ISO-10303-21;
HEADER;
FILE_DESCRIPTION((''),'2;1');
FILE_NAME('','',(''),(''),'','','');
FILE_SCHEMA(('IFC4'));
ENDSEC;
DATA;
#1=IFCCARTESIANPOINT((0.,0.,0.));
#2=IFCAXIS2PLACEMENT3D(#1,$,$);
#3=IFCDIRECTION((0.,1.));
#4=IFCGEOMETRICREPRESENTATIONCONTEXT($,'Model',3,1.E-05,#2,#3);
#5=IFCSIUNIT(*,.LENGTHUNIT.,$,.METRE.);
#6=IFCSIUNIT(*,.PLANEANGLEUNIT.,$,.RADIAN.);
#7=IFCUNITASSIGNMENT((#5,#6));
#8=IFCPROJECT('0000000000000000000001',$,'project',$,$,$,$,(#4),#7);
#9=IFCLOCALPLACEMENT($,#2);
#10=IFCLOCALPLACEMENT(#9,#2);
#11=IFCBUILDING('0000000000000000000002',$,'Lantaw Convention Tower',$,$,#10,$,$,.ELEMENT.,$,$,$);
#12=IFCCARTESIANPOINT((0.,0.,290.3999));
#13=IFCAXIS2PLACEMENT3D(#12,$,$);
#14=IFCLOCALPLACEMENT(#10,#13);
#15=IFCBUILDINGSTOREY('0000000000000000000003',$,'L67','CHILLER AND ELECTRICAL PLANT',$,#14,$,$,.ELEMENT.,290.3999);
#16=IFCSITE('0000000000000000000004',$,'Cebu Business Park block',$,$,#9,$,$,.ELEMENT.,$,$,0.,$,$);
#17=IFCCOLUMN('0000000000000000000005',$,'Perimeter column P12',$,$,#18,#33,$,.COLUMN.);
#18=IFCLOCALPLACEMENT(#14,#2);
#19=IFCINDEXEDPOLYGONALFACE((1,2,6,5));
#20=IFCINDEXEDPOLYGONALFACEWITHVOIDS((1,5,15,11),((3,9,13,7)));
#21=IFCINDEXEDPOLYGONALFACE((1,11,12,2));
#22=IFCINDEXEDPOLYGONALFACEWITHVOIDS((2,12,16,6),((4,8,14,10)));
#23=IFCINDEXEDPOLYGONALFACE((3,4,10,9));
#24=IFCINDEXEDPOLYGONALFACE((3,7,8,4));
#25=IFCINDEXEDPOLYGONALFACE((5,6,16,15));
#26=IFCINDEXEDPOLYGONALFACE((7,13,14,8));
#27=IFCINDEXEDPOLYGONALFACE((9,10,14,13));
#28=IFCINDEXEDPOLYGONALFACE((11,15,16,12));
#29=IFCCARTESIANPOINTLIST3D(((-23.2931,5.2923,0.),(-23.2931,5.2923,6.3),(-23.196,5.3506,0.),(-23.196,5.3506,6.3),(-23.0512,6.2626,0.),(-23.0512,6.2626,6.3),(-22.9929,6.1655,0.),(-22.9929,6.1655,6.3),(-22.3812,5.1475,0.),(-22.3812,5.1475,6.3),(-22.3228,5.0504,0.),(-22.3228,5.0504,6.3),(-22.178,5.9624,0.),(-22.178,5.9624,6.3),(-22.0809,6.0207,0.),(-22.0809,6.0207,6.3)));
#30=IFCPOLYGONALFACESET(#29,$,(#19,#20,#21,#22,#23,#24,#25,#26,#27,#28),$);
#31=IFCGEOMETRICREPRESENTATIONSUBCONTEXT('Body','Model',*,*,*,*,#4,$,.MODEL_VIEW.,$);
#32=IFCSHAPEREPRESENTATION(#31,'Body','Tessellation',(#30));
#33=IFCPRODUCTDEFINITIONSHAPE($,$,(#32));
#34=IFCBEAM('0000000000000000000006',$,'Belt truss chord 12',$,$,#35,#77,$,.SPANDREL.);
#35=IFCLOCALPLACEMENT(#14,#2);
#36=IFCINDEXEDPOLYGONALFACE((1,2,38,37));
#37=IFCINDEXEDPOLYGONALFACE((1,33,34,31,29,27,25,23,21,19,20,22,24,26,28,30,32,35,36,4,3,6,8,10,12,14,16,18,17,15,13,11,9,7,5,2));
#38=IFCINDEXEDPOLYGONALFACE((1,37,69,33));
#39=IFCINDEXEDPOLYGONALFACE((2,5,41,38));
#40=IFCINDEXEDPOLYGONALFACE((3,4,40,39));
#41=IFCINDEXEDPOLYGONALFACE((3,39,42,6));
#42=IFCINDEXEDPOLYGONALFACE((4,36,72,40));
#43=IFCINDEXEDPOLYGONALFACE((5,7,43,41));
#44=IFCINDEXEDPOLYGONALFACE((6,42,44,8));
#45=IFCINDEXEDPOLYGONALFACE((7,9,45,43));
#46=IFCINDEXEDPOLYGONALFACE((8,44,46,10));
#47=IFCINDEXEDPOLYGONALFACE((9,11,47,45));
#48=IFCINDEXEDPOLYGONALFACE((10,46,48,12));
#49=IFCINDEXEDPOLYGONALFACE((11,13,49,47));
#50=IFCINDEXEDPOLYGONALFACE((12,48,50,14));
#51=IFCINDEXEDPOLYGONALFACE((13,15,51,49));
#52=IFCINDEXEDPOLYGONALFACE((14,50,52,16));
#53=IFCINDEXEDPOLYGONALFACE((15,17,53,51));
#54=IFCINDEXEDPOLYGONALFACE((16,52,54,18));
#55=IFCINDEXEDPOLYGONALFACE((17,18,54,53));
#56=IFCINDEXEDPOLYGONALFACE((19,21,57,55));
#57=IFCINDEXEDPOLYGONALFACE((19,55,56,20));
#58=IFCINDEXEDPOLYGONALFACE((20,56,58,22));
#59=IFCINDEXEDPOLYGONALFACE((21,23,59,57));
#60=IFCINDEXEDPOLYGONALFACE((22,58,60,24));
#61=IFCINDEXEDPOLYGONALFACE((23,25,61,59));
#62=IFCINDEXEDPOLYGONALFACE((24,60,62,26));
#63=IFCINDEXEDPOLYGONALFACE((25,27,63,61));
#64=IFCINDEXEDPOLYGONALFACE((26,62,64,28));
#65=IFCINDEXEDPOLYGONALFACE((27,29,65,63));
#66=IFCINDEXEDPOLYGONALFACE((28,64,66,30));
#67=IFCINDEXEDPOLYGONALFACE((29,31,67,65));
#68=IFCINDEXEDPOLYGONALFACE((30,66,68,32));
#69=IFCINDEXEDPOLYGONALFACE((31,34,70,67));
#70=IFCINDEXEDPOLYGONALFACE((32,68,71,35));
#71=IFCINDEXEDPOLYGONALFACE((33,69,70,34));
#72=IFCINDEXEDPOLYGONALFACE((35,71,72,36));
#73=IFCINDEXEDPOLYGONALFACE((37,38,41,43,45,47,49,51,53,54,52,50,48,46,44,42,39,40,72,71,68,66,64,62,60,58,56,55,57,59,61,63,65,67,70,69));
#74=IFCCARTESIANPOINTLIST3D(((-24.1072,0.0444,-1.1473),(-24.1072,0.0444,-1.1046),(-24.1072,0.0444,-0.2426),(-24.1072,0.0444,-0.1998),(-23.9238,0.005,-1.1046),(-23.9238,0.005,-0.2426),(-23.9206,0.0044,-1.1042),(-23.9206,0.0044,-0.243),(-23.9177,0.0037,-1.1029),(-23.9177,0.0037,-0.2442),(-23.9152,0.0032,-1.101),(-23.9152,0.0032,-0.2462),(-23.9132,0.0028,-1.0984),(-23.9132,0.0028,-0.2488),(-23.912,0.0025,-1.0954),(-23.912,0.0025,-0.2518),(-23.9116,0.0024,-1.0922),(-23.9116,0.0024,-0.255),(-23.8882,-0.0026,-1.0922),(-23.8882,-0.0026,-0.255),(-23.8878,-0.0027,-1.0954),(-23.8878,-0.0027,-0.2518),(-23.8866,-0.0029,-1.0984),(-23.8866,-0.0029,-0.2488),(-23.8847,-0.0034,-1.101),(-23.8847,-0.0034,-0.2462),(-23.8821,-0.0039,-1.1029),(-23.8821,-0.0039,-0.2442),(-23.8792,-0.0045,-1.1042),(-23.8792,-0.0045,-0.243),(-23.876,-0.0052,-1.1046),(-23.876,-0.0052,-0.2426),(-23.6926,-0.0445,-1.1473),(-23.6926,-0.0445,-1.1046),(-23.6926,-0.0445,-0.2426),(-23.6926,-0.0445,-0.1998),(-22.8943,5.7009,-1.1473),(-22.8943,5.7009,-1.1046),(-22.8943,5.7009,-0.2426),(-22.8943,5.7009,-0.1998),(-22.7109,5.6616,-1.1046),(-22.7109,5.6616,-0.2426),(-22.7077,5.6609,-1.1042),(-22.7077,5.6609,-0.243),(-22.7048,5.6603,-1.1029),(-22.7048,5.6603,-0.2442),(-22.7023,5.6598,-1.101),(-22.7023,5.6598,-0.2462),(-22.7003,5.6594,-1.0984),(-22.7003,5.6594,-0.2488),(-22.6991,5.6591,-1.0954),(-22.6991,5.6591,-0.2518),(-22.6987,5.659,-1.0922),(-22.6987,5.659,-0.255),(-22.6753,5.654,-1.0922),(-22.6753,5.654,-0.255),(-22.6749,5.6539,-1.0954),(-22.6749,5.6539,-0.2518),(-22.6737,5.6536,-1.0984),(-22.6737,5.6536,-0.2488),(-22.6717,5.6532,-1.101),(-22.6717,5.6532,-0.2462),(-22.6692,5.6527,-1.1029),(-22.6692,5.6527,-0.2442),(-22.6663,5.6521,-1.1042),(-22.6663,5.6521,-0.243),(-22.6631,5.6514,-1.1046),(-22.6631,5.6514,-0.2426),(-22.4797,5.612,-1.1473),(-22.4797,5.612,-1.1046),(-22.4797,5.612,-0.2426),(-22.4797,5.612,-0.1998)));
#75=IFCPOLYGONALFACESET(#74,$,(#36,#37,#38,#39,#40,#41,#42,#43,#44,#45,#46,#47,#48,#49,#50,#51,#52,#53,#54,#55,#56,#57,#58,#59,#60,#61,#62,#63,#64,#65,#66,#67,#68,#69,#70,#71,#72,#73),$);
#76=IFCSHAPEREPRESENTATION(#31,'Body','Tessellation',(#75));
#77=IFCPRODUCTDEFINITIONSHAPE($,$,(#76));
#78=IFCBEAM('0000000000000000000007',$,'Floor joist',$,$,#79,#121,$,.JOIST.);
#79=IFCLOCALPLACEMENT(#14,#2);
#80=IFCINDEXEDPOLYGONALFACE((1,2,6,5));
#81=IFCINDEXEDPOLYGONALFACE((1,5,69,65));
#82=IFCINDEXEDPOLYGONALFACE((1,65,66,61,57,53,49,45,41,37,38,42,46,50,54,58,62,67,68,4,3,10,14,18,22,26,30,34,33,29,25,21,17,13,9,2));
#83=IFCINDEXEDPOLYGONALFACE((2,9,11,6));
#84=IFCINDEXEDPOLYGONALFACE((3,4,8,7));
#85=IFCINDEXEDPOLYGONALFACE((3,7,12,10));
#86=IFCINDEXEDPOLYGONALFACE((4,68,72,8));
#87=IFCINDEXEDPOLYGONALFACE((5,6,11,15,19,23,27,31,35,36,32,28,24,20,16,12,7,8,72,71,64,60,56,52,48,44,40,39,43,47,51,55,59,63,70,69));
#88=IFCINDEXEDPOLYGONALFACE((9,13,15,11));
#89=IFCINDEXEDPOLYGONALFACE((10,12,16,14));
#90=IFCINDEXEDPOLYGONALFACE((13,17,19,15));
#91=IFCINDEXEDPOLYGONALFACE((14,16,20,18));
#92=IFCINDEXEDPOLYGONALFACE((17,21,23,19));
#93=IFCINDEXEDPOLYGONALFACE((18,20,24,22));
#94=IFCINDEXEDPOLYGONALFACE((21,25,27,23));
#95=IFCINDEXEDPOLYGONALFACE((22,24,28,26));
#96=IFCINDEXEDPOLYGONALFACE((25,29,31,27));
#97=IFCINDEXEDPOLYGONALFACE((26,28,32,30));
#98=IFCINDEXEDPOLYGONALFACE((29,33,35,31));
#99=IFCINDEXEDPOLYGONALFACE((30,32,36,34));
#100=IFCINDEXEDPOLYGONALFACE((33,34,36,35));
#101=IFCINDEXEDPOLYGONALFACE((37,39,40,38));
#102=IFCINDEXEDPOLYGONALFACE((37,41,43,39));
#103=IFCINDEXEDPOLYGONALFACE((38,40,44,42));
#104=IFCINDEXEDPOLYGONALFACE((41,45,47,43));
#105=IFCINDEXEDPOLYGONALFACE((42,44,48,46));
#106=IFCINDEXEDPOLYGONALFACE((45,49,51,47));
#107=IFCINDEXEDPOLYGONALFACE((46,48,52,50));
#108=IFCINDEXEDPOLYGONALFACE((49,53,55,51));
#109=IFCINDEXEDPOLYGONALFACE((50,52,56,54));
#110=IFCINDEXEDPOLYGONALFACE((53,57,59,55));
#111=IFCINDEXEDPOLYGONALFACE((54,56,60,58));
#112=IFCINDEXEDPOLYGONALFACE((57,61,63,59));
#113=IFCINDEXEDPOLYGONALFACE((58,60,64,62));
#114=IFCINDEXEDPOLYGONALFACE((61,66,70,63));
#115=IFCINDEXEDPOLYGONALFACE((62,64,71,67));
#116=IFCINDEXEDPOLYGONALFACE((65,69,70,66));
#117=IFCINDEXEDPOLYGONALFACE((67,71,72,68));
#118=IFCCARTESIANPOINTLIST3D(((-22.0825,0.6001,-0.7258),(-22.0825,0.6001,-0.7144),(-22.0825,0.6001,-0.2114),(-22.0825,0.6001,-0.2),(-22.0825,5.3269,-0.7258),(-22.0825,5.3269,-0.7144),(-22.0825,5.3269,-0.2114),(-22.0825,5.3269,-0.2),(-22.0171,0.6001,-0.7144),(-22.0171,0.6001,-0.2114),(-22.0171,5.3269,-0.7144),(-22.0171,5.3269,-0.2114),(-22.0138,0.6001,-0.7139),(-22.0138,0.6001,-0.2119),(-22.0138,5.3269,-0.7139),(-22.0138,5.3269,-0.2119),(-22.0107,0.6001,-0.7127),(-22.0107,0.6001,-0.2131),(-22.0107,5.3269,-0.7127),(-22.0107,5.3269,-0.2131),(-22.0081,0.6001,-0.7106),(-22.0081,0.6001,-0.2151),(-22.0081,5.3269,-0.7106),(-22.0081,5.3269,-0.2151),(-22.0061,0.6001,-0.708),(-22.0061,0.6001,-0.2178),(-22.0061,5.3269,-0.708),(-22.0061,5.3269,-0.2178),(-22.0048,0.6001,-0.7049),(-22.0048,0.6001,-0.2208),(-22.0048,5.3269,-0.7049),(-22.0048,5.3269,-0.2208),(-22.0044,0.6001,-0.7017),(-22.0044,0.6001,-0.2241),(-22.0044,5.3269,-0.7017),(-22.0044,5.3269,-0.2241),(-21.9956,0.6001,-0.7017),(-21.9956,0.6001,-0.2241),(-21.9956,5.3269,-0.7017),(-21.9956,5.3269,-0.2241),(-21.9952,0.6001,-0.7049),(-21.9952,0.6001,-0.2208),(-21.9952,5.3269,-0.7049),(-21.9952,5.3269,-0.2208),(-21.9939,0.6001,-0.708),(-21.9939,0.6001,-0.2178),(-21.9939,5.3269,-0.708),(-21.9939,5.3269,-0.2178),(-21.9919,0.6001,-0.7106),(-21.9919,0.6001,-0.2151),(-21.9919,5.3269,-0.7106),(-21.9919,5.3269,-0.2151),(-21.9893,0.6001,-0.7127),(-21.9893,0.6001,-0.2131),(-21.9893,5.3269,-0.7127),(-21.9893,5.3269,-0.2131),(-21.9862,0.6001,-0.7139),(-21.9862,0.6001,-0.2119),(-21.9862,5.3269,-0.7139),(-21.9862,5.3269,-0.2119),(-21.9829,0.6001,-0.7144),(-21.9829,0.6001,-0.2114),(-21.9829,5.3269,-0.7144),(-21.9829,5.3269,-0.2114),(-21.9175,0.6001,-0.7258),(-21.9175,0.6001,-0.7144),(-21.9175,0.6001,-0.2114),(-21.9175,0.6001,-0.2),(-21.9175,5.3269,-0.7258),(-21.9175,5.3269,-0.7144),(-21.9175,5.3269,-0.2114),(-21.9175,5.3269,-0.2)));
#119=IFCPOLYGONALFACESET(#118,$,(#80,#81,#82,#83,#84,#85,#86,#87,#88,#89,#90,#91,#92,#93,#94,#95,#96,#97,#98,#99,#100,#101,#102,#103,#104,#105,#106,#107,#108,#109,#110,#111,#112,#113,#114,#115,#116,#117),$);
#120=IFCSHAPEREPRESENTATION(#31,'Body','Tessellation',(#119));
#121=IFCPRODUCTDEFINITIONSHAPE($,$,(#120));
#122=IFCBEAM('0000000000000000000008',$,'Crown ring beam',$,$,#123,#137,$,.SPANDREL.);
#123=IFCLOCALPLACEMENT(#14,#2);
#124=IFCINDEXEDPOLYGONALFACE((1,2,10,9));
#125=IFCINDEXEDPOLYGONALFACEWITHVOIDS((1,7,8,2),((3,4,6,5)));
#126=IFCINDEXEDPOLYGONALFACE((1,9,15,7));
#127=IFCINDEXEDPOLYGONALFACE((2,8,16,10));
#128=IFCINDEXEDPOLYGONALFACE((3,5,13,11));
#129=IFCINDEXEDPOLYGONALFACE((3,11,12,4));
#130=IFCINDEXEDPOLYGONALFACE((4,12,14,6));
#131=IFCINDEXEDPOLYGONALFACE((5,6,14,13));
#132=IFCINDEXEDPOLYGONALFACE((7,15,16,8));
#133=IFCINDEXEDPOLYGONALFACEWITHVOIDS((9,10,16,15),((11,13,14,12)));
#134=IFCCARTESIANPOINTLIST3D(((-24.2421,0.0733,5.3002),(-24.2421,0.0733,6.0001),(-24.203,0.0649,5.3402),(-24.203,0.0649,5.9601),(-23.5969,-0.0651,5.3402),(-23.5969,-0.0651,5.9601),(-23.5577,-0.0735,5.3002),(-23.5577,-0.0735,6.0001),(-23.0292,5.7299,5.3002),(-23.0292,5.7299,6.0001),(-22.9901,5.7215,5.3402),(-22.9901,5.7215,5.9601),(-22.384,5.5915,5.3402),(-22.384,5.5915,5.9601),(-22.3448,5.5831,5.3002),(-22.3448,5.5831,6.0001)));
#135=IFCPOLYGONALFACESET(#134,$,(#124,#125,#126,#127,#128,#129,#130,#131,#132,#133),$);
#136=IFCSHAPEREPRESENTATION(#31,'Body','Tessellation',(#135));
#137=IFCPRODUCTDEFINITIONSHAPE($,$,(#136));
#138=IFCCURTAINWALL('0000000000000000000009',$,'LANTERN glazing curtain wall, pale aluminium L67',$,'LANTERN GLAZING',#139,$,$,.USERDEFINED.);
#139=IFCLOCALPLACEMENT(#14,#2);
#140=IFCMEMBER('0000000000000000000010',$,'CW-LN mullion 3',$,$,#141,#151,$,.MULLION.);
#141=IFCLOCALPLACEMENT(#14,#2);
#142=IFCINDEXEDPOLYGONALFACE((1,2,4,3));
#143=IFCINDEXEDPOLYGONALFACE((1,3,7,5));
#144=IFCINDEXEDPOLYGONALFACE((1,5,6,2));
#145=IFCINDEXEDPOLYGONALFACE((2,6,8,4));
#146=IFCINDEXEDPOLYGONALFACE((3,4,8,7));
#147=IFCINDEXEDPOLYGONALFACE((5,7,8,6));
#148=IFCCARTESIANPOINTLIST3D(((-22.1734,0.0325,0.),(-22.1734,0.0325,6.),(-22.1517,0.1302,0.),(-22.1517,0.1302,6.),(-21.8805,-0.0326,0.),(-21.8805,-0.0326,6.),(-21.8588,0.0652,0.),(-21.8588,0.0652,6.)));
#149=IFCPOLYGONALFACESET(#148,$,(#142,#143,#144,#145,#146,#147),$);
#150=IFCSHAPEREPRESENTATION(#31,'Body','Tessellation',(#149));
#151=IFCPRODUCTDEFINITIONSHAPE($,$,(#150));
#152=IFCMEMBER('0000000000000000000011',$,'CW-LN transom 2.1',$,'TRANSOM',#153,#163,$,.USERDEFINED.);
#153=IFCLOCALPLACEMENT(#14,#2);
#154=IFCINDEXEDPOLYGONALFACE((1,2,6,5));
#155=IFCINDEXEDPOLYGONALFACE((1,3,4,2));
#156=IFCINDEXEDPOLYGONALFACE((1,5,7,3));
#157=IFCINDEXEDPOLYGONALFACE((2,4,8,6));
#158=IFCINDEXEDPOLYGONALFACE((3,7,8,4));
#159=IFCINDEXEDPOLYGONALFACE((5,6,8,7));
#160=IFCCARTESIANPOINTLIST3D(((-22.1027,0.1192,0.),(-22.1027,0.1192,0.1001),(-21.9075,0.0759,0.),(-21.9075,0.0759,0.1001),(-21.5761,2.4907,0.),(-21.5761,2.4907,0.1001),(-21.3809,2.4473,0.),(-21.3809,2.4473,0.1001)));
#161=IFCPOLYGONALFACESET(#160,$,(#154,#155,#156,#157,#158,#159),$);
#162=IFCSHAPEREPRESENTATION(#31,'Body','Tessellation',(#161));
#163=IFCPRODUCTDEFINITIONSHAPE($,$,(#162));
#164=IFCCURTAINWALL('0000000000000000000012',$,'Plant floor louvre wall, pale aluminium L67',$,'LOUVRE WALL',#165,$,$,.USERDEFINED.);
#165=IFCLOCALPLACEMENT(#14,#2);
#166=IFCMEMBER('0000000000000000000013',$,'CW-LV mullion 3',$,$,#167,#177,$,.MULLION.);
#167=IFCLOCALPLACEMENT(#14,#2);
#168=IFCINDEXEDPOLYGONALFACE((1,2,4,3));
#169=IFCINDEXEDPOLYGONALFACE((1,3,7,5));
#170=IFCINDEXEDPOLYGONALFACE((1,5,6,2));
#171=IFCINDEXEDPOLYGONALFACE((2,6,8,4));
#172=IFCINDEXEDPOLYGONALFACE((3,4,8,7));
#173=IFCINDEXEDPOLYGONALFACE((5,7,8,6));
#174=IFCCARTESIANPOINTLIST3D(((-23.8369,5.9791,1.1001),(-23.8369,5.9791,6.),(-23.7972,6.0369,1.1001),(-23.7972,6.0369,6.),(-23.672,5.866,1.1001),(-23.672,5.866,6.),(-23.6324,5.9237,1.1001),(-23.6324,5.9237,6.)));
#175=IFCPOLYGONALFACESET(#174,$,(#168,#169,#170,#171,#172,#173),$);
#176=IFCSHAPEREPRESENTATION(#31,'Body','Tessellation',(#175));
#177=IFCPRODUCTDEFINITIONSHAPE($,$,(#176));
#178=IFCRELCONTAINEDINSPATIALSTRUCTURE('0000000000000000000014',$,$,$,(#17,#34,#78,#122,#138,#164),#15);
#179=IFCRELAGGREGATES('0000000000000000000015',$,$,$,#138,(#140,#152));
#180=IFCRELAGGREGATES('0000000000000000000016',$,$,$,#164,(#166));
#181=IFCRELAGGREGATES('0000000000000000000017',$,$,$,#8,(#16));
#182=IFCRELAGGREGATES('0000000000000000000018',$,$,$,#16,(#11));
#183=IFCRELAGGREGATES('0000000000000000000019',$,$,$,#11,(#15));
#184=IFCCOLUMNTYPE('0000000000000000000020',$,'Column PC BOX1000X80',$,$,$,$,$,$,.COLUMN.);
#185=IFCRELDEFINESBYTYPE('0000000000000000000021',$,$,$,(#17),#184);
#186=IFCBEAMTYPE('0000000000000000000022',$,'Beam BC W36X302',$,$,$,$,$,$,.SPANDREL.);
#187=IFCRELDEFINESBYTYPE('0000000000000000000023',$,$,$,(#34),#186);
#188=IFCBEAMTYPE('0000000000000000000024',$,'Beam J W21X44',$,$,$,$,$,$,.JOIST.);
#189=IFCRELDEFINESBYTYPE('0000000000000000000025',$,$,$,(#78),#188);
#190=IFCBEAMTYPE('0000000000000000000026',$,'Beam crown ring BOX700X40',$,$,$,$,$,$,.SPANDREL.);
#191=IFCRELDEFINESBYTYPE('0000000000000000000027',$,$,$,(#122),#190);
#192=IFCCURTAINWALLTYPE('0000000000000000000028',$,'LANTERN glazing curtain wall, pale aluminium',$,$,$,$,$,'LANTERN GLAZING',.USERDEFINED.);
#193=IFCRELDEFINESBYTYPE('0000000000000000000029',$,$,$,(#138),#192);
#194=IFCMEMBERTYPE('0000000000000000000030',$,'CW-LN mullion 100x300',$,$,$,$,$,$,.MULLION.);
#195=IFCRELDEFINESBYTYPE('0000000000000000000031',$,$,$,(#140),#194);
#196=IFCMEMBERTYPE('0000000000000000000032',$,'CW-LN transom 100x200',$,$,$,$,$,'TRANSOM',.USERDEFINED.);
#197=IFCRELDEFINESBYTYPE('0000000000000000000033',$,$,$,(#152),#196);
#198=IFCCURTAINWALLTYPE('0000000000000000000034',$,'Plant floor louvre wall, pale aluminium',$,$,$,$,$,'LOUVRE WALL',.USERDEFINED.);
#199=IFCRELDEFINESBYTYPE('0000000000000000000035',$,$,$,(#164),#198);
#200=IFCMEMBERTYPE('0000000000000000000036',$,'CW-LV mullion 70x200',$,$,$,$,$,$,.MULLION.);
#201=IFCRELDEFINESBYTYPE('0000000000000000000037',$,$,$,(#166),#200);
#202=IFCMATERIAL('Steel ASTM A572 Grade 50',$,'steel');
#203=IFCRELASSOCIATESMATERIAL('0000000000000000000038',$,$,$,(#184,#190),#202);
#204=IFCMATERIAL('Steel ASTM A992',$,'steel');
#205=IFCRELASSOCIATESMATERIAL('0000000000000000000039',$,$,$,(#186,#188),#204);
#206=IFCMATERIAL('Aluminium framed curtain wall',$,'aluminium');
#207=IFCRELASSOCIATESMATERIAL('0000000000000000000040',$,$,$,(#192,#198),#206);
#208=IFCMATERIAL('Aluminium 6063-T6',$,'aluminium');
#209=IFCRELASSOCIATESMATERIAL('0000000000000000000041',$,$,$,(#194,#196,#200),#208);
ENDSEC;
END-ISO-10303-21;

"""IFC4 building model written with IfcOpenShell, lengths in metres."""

from ifc_helpers import new_model, si_unit, direction, frame, origin, origin_2d, place, context, subcontext, project, spatial, rectangle, hollow_rectangle, i_section, extrude, material, material_profile, profile_set, type_object, element, aggregate, save


model = new_model("IFC4")

# Units and contexts
model_context = context("Model", 3, precision=1e-05, world=origin(), true_north=direction((0.0, 1.0)))
body_context = subcontext(model_context, "Body", "Model", "MODEL_VIEW")
ifc_project = project(units=[si_unit("LENGTHUNIT", "METRE"), si_unit("PLANEANGLEUNIT", "RADIAN")], contexts=[model_context])

# Site, building, storey
site_placement = place(None, origin())
site = spatial("IfcSite", under=ifc_project, at=site_placement, Name="Cebu Business Park block", CompositionType="ELEMENT", RefElevation=0.0)
building_placement = place(site_placement, origin())
building = spatial("IfcBuilding", under=site, at=building_placement, Name="Lantaw Convention Tower", CompositionType="ELEMENT")
storey_placement = place(building_placement, frame((0.0, 0.0, 290.3999)))
storey = spatial("IfcBuildingStorey", under=building, at=storey_placement, Name="L67", Description="CHILLER AND ELECTRICAL PLANT", CompositionType="ELEMENT", Elevation=290.3999)

# Column
ifc_material_1 = material(Name="Steel ASTM A572 Grade 50", Category="steel")
ifc_material_profile_1 = material_profile(ifc_material_1, hollow_rectangle(XDim=1.0, YDim=1.0, WallThickness=0.0801, at=origin_2d()), Name="BOX1000X80")
ifc_material_2 = material(Name="Concrete C60/75", Category="concrete")
ifc_material_profile_2 = material_profile(ifc_material_2, rectangle(XDim=0.8401, YDim=0.8401, at=origin_2d()), Name="Concrete fill of BOX1000X80")
ifc_profile_set_1 = profile_set([ifc_material_profile_1, ifc_material_profile_2], Name="Steel ASTM A572 Grade 50")
column_type = type_object("IfcColumnType", Name="Column PC BOX1000X80", PredefinedType="COLUMN", material=ifc_profile_set_1)
column_placement = place(storey_placement, frame((-22.687, 5.6565, 0.0), z_axis=(0.0, 0.0, 1.0), x_axis=(0.241922, 0.970296, 0.0)))
element("IfcColumn", 1, at=column_placement, inside=storey, type_object=column_type, Name="Perimeter column P12", PredefinedType="COLUMN", context=body_context, shape_type="SweptSolid", body=[
    extrude(hollow_rectangle(XDim=1.0, YDim=1.0, WallThickness=0.0801, at=origin_2d()), origin(), (0.0, 0.0, 1.0), 6.3),
])

# Beams
ifc_material_3 = material(Name="Steel ASTM A992", Category="steel")
ifc_material_profile_3 = material_profile(ifc_material_3, i_section(OverallWidth=0.4241, OverallDepth=0.9475, WebThickness=0.0239, FlangeThickness=0.0427, FilletRadius=0.0125, at=origin_2d()), Name="W36X302")
ifc_profile_set_2 = profile_set([ifc_material_profile_3], Name="Steel ASTM A992")
beam_type_1 = type_object("IfcBeamType", Name="Beam BC W36X302", PredefinedType="SPANDREL", material=ifc_profile_set_2)
beam_1_placement = place(storey_placement, frame((-22.687, 5.6565, -0.6736), z_axis=(-0.209659, -0.977775, 0.0), x_axis=(0.977775, -0.209659, 0.0)))
element("IfcBeam", 2, at=beam_1_placement, inside=storey, type_object=beam_type_1, Name="Belt truss chord 12", PredefinedType="SPANDREL", context=body_context, shape_type="SweptSolid", body=[
    extrude(i_section(OverallWidth=0.4241, OverallDepth=0.9475, WebThickness=0.0239, FlangeThickness=0.0427, FilletRadius=0.0125, at=origin_2d()), origin(), (0.0, 0.0, 1.0), 5.7852),
])
ifc_material_profile_4 = material_profile(ifc_material_3, i_section(OverallWidth=0.165, OverallDepth=0.5259, WebThickness=0.0088, FlangeThickness=0.0115, FilletRadius=0.0127, at=origin_2d()), Name="W21X44")
ifc_profile_set_3 = profile_set([ifc_material_profile_4], Name="Steel ASTM A992")
beam_type_2 = type_object("IfcBeamType", Name="Beam J W21X44", PredefinedType="JOIST", material=ifc_profile_set_3)
beam_2_placement = place(storey_placement, frame((-22.0, 0.6001, -0.4629), z_axis=(0.0, 1.0, 0.0), x_axis=(-1.0, 0.0, 0.0)))
element("IfcBeam", 3, at=beam_2_placement, inside=storey, type_object=beam_type_2, Name="Floor joist", PredefinedType="JOIST", context=body_context, shape_type="SweptSolid", body=[
    extrude(i_section(OverallWidth=0.165, OverallDepth=0.5259, WebThickness=0.0088, FlangeThickness=0.0115, FilletRadius=0.0127, at=origin_2d()), origin(), (0.0, 0.0, 1.0), 4.7268),
])
ifc_material_profile_5 = material_profile(ifc_material_1, hollow_rectangle(XDim=0.7, YDim=0.7, WallThickness=0.04, at=origin_2d()), Name="BOX700X40")
ifc_profile_set_4 = profile_set([ifc_material_profile_5], Name="Steel ASTM A572 Grade 50")
beam_type_3 = type_object("IfcBeamType", Name="Beam crown ring BOX700X40", PredefinedType="SPANDREL", material=ifc_profile_set_4)
beam_3_placement = place(storey_placement, frame((-22.687, 5.6565, 5.6501), z_axis=(-0.209659, -0.977775, 0.0), x_axis=(0.977775, -0.209659, 0.0)))
element("IfcBeam", 4, at=beam_3_placement, inside=storey, type_object=beam_type_3, Name="Crown ring beam", PredefinedType="SPANDREL", context=body_context, shape_type="SweptSolid", body=[
    extrude(hollow_rectangle(XDim=0.7, YDim=0.7, WallThickness=0.04, at=origin_2d()), origin(), (0.0, 0.0, 1.0), 5.7852),
])

# Curtain wall, members
ifc_material_4 = material(Name="Aluminium framed curtain wall", Category="aluminium")
curtain_wall_type_1 = type_object("IfcCurtainWallType", Name="LANTERN glazing curtain wall, pale aluminium", ElementType="LANTERN GLAZING", PredefinedType="USERDEFINED", material=ifc_material_4)
curtain_wall_1_placement = place(storey_placement, origin())
curtain_wall_1 = element("IfcCurtainWall", 5, at=curtain_wall_1_placement, inside=storey, type_object=curtain_wall_type_1, Name="LANTERN glazing curtain wall, pale aluminium L67", ObjectType="LANTERN GLAZING", PredefinedType="USERDEFINED")
ifc_material_5 = material(Name="Aluminium 6063-T6", Category="aluminium")
ifc_material_profile_6 = material_profile(ifc_material_5, rectangle(XDim=0.3, YDim=0.1001, at=origin_2d()), Name="CW-LN mullion 100x300")
ifc_profile_set_5 = profile_set([ifc_material_profile_6], Name="Aluminium 6063-T6")
member_type_1 = type_object("IfcMemberType", Name="CW-LN mullion 100x300", PredefinedType="MULLION", material=ifc_profile_set_5)
member_1_placement = place(storey_placement, frame((-22.0161, 0.0488, 0.0), z_axis=(0.0, 0.0, 1.0), x_axis=(0.976224, -0.216765, 0.0)))
member_1 = element("IfcMember", 6, at=member_1_placement, type_object=member_type_1, Name="CW-LN mullion 3", PredefinedType="MULLION", context=body_context, shape_type="SweptSolid", body=[
    extrude(rectangle(XDim=0.3, YDim=0.1001, at=origin_2d()), origin(), (0.0, 0.0, 1.0), 6.0),
])
ifc_material_profile_7 = material_profile(ifc_material_5, rectangle(XDim=0.2, YDim=0.1001, at=origin_2d()), Name="CW-LN transom 100x200")
ifc_profile_set_6 = profile_set([ifc_material_profile_7], Name="Aluminium 6063-T6")
member_type_2 = type_object("IfcMemberType", Name="CW-LN transom 100x200", ElementType="TRANSOM", PredefinedType="USERDEFINED", material=ifc_profile_set_6)
member_2_placement = place(storey_placement, frame((-21.4785, 2.469, 0.05), z_axis=(-0.216792, -0.976218, 0.0), x_axis=(0.976218, -0.216792, 0.0)))
member_2 = element("IfcMember", 7, at=member_2_placement, type_object=member_type_2, Name="CW-LN transom 2.1", ObjectType="TRANSOM", PredefinedType="USERDEFINED", context=body_context, shape_type="SweptSolid", body=[
    extrude(rectangle(XDim=0.2, YDim=0.1001, at=origin_2d()), origin(), (0.0, 0.0, 1.0), 2.4292),
])

# Curtain wall, member
curtain_wall_type_2 = type_object("IfcCurtainWallType", Name="Plant floor louvre wall, pale aluminium", ElementType="LOUVRE WALL", PredefinedType="USERDEFINED", material=ifc_material_4)
curtain_wall_2_placement = place(storey_placement, origin())
curtain_wall_2 = element("IfcCurtainWall", 8, at=curtain_wall_2_placement, inside=storey, type_object=curtain_wall_type_2, Name="Plant floor louvre wall, pale aluminium L67", ObjectType="LOUVRE WALL", PredefinedType="USERDEFINED")
ifc_material_profile_8 = material_profile(ifc_material_5, rectangle(XDim=0.2, YDim=0.0701, at=origin_2d()), Name="CW-LV mullion 70x200")
ifc_profile_set_7 = profile_set([ifc_material_profile_8], Name="Aluminium 6063-T6")
member_type_3 = type_object("IfcMemberType", Name="CW-LV mullion 70x200", PredefinedType="MULLION", material=ifc_profile_set_7)
member_3_placement = place(storey_placement, frame((-23.7346, 5.9514, 1.1001), z_axis=(0.0, 0.0, 1.0), x_axis=(0.82445, -0.565935, 0.0)))
member_3 = element("IfcMember", 9, at=member_3_placement, type_object=member_type_3, Name="CW-LV mullion 3", PredefinedType="MULLION", context=body_context, shape_type="SweptSolid", body=[
    extrude(rectangle(XDim=0.2, YDim=0.0701, at=origin_2d()), origin(), (0.0, 0.0, 1.0), 4.8999),
])

aggregate(curtain_wall_1, [member_1, member_2])
aggregate(curtain_wall_2, [member_3])

save(model, "model.ifc")
